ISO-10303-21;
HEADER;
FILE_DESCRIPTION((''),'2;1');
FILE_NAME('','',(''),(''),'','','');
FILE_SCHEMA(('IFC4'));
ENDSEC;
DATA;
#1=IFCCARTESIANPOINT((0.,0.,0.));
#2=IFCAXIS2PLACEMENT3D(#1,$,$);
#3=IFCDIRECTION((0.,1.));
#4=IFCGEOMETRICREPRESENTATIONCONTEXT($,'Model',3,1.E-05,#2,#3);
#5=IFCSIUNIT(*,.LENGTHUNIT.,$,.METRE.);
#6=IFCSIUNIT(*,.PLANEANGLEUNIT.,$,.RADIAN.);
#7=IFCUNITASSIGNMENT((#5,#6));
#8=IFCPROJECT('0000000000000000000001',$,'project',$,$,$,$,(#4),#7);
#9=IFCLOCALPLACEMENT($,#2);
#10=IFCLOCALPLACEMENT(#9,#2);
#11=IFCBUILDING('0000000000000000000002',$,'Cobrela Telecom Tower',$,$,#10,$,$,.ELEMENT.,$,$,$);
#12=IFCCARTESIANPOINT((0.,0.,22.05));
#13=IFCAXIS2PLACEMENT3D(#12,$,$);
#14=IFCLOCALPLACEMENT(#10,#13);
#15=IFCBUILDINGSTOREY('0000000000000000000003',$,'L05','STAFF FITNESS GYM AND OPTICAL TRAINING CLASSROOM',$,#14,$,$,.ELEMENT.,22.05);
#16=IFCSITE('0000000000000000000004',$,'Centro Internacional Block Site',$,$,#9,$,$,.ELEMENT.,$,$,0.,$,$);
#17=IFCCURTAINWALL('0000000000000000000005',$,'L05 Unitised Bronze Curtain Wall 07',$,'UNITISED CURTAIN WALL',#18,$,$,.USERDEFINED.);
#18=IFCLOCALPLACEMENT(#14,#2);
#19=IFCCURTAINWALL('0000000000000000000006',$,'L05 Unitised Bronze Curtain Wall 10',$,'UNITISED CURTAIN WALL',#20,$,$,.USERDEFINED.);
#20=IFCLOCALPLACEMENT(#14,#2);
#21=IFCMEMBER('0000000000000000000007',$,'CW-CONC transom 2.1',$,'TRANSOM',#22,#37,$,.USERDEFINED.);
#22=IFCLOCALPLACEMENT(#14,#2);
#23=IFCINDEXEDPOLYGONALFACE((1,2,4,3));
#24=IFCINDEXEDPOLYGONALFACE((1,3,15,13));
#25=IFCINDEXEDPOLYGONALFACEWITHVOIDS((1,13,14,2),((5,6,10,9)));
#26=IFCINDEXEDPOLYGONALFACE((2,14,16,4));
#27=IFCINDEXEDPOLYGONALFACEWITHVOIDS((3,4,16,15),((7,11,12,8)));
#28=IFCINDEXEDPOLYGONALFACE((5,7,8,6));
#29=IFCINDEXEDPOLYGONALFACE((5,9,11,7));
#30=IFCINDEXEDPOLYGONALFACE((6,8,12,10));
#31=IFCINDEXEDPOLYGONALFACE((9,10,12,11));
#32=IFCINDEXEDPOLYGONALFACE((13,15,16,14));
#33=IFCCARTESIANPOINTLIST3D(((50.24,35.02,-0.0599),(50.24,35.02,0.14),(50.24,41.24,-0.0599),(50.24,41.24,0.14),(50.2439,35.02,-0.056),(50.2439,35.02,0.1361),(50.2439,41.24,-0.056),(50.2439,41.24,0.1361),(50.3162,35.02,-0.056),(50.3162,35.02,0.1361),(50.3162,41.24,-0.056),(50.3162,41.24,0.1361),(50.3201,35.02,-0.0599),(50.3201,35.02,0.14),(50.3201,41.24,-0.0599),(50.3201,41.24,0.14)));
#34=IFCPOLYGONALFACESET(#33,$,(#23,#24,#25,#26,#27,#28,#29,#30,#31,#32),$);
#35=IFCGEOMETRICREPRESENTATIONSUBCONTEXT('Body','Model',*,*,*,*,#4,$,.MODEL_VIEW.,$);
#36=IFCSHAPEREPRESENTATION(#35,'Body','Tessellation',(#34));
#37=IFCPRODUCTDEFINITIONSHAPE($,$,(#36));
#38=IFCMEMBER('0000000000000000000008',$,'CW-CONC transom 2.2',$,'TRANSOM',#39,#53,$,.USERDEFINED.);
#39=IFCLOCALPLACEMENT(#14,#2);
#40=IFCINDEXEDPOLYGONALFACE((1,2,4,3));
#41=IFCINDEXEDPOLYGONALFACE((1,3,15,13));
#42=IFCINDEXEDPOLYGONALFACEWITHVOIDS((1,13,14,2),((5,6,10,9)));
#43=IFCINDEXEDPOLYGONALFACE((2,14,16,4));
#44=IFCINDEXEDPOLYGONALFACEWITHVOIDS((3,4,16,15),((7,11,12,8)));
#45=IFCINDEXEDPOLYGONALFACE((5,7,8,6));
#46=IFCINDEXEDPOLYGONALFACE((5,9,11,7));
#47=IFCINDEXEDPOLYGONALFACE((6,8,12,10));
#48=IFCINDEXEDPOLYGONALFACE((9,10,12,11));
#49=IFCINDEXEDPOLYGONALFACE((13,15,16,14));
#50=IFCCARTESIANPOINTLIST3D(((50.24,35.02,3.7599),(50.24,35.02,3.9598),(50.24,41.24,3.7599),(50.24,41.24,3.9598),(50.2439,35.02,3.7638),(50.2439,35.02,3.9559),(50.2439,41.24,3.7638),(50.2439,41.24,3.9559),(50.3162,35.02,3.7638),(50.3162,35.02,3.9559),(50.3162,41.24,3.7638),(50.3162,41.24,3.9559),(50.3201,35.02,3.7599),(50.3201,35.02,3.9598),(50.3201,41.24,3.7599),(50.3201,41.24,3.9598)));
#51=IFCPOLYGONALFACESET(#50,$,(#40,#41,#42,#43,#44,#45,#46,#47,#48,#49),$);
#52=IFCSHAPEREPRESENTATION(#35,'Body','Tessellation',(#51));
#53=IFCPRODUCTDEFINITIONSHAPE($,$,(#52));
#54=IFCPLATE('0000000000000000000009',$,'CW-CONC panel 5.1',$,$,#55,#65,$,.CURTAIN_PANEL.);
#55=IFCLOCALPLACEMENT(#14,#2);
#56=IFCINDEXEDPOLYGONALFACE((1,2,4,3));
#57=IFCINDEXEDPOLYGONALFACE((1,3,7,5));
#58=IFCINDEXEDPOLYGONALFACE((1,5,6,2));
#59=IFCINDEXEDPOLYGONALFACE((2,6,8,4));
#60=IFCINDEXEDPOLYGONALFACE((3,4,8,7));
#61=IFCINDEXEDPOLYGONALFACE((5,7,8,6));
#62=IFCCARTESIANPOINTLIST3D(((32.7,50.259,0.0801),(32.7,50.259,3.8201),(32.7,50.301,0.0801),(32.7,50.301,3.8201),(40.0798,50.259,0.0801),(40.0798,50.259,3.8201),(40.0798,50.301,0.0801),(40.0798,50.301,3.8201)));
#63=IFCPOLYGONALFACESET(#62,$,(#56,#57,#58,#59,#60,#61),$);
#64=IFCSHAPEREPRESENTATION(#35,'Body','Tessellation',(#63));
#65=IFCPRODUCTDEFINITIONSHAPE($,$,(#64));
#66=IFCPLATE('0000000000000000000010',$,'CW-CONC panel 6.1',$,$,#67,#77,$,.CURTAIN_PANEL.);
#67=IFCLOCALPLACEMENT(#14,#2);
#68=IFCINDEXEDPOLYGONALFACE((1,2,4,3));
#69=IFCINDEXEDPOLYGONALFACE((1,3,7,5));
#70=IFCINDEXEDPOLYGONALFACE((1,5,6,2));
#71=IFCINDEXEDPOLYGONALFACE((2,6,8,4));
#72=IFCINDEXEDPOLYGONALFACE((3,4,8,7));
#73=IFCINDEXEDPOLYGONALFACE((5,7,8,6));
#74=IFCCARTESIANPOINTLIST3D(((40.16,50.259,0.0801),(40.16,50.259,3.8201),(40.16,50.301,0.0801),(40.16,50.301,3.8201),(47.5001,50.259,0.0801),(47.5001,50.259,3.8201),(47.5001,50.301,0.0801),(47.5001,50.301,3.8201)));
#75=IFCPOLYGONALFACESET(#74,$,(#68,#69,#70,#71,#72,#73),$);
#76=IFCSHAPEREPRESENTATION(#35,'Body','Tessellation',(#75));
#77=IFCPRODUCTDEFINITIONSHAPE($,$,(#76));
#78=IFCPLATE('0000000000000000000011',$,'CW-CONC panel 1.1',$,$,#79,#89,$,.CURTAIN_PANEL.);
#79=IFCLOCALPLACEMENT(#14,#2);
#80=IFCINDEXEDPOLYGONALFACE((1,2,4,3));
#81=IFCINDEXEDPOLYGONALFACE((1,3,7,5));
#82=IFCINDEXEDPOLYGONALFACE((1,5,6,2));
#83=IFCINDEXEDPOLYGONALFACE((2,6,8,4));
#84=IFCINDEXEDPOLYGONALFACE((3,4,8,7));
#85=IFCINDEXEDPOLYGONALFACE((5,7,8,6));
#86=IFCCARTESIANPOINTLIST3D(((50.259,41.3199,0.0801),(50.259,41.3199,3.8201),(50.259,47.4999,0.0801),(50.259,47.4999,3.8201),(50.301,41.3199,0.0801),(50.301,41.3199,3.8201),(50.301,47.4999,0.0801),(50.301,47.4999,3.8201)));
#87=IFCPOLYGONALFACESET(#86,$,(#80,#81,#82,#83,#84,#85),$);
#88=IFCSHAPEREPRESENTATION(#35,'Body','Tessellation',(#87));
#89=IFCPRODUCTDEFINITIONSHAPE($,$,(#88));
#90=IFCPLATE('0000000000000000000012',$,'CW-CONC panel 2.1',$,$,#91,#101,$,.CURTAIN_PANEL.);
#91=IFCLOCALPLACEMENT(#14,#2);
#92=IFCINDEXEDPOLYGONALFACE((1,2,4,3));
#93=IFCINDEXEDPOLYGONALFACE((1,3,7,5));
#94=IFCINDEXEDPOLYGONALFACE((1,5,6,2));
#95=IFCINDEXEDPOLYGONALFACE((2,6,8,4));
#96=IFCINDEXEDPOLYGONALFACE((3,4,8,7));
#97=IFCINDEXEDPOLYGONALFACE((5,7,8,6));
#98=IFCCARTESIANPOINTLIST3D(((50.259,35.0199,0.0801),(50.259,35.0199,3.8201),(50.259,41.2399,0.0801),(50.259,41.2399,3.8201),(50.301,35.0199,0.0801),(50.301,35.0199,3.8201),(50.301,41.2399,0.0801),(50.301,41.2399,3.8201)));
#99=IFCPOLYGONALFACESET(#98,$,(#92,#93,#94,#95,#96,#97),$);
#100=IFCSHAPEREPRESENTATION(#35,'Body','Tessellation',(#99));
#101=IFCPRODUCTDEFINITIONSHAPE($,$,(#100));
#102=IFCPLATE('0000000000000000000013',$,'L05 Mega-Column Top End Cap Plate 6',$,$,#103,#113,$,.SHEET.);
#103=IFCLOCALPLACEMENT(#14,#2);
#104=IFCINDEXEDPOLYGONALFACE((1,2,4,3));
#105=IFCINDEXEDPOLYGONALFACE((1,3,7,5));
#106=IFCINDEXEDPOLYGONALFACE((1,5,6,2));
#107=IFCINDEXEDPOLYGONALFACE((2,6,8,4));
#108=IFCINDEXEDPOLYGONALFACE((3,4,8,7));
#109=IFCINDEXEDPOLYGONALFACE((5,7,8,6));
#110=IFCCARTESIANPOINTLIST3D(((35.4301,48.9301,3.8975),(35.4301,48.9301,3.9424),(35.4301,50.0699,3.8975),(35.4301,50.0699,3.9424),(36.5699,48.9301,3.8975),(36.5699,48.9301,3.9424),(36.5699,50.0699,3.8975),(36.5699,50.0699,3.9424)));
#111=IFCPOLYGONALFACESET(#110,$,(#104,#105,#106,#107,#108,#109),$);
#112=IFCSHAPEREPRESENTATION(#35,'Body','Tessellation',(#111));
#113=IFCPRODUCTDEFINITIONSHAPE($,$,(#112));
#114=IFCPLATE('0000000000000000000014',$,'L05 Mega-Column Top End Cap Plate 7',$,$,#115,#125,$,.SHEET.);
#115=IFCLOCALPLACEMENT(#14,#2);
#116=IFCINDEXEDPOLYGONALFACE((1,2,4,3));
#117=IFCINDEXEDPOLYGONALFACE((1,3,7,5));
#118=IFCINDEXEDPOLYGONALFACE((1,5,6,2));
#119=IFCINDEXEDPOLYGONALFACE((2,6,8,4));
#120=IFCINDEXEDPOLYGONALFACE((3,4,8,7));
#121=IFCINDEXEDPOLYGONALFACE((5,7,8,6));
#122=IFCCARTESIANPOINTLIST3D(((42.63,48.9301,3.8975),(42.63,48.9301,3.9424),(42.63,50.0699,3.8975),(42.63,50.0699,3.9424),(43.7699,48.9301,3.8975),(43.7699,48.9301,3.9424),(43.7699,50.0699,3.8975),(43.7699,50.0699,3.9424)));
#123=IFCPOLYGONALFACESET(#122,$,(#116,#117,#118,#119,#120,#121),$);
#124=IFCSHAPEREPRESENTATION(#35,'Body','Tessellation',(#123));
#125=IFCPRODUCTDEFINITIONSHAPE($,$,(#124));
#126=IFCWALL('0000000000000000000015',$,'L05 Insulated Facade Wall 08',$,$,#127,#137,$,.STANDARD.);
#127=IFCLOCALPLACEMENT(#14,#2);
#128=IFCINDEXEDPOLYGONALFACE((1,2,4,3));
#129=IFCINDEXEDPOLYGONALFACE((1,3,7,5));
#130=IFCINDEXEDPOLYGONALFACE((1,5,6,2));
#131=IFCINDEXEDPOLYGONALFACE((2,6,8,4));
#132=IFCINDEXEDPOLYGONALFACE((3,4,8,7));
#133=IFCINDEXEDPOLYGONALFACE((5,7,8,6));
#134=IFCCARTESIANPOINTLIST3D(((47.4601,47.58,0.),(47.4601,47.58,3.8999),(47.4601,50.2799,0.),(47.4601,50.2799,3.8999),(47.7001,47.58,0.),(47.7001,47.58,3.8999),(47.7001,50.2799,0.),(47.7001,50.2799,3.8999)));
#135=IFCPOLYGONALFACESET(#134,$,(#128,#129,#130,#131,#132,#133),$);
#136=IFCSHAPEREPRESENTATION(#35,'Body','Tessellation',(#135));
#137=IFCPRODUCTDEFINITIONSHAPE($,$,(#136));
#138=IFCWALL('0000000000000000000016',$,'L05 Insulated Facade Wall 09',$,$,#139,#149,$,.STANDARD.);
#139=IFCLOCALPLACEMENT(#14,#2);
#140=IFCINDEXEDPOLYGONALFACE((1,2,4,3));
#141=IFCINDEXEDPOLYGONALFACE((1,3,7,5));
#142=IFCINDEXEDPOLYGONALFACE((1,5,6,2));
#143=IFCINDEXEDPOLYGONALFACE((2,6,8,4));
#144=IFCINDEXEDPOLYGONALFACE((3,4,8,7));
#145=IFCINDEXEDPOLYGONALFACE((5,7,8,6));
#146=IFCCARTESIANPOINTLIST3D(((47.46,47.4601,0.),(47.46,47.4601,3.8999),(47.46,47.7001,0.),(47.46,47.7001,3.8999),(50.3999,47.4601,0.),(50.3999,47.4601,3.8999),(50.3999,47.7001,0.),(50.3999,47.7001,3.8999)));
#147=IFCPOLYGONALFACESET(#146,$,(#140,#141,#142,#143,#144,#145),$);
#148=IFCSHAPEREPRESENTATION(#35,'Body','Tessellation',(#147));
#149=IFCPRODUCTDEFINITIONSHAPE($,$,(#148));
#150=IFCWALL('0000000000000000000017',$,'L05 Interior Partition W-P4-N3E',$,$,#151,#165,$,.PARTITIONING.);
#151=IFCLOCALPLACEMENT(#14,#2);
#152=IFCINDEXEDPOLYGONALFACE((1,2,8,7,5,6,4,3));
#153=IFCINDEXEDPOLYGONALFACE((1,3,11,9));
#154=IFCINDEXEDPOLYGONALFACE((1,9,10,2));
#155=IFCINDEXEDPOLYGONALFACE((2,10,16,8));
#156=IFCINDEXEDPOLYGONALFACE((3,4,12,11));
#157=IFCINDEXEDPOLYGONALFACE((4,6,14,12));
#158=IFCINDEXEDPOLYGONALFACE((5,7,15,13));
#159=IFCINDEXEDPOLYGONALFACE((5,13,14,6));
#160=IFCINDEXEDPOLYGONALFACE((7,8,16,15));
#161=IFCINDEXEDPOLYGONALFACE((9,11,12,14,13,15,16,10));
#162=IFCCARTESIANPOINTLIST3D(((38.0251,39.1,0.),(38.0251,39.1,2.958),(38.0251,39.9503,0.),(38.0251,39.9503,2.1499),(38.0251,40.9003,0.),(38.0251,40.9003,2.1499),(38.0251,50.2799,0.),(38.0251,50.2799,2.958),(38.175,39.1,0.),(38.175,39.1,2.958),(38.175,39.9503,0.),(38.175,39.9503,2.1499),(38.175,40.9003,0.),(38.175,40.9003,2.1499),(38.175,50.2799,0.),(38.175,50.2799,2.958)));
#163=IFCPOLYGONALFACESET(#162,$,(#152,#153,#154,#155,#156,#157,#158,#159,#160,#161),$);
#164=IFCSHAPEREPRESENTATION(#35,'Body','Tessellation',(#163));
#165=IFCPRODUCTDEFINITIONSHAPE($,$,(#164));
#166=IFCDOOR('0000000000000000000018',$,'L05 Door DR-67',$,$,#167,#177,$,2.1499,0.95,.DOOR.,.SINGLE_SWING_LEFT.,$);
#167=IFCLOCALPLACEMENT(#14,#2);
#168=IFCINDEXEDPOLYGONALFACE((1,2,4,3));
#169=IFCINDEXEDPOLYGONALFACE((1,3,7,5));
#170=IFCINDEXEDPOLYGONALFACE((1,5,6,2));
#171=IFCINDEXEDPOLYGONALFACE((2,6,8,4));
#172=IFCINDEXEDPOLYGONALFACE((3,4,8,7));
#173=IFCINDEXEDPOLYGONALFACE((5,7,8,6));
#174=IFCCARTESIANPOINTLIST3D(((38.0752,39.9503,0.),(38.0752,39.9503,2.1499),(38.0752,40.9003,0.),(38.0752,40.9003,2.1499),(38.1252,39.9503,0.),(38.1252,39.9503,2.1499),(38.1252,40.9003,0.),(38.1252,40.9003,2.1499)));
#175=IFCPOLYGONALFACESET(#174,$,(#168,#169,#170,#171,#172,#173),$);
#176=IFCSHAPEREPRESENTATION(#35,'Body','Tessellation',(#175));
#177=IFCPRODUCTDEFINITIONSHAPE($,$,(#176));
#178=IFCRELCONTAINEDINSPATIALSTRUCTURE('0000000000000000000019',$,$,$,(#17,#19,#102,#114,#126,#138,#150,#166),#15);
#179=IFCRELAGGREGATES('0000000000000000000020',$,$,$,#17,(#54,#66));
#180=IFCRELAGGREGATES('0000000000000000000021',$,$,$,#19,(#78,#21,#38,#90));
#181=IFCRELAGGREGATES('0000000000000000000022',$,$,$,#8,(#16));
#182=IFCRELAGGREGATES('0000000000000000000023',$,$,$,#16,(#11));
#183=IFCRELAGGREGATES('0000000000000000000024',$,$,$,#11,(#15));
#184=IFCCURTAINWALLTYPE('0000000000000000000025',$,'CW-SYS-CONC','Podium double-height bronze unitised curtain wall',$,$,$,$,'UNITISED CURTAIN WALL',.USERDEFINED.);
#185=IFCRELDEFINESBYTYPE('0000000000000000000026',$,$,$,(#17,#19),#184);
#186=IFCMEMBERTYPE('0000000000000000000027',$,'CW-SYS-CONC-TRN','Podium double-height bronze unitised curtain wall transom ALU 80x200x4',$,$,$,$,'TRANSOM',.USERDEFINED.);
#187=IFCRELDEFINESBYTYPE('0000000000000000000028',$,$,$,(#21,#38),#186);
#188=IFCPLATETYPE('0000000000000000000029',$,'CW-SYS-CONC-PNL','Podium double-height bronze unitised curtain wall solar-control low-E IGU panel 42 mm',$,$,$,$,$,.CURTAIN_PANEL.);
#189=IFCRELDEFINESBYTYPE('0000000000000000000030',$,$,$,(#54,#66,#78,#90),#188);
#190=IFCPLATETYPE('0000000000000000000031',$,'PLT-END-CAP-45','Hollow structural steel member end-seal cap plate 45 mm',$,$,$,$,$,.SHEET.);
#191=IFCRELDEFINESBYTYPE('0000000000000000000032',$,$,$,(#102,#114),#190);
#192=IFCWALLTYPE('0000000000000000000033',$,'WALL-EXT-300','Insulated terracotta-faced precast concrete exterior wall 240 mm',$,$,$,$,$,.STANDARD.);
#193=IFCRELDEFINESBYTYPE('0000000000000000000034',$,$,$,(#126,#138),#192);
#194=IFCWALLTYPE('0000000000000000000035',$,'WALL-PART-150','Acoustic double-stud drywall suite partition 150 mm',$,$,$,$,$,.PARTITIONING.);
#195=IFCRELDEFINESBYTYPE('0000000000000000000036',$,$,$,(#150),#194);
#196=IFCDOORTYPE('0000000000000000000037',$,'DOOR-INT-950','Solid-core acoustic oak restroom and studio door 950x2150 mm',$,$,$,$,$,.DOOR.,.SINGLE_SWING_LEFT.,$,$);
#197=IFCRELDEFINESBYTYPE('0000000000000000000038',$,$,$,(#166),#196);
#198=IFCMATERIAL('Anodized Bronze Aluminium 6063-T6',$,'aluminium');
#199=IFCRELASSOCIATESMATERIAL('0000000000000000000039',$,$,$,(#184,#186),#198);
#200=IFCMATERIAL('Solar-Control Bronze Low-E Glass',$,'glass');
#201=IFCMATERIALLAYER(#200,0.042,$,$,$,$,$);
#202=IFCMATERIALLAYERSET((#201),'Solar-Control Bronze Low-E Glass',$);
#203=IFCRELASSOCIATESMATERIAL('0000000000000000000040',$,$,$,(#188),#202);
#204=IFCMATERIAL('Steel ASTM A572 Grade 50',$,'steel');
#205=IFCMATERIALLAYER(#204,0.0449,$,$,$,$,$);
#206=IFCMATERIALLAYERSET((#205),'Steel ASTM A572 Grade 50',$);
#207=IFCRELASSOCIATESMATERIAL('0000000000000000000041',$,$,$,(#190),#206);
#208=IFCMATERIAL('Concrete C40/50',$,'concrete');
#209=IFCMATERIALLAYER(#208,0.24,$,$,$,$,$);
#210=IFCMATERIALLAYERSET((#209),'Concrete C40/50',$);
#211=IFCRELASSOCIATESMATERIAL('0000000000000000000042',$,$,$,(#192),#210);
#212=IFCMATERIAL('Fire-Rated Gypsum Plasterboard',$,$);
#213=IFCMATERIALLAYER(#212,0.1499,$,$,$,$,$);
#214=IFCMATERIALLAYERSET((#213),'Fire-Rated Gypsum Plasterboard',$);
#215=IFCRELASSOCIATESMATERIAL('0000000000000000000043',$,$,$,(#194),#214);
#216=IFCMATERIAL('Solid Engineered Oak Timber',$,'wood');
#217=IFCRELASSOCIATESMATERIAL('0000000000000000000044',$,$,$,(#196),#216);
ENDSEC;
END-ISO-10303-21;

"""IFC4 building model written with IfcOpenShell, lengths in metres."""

from ifc_helpers import new_model, si_unit, direction, frame, frame_2d, origin, origin_2d, place, context, subcontext, project, spatial, rectangle, hollow_rectangle, extrude, material, layer, layer_set, material_profile, profile_set, type_object, element, fill, aggregate, save


model = new_model("IFC4")

# Units and contexts
model_context = context("Model", 3, precision=1e-05, world=origin(), true_north=direction((0.0, 1.0)))
body_context = subcontext(model_context, "Body", "Model", "MODEL_VIEW")
ifc_project = project(units=[si_unit("LENGTHUNIT", "METRE"), si_unit("PLANEANGLEUNIT", "RADIAN")], contexts=[model_context])

# Site, building, storey
site_placement = place(None, origin())
site = spatial("IfcSite", under=ifc_project, at=site_placement, Name="Centro Internacional Block Site", CompositionType="ELEMENT", RefElevation=0.0)
building_placement = place(site_placement, origin())
building = spatial("IfcBuilding", under=site, at=building_placement, Name="Cobrela Telecom Tower", CompositionType="ELEMENT")
storey_placement = place(building_placement, frame((0.0, 0.0, 22.05)))
storey = spatial("IfcBuildingStorey", under=building, at=storey_placement, Name="L05", Description="STAFF FITNESS GYM AND OPTICAL TRAINING CLASSROOM", CompositionType="ELEMENT", Elevation=22.05)

# Shared definitions
ifc_material_1 = material(Name="Concrete C40/50", Category="concrete")
ifc_material_2 = material(Name="Steel ASTM A572 Grade 50", Category="steel")

# Curtain walls
ifc_material_3 = material(Name="Anodized Bronze Aluminium 6063-T6", Category="aluminium")
curtain_wall_type = type_object("IfcCurtainWallType", Name="CW-SYS-CONC", Description="Podium double-height bronze unitised curtain wall", ElementType="UNITISED CURTAIN WALL", PredefinedType="USERDEFINED", material=ifc_material_3)
curtain_wall_1_placement = place(storey_placement, origin())
curtain_wall_1 = element("IfcCurtainWall", 1, at=curtain_wall_1_placement, inside=storey, type_object=curtain_wall_type, Name="L05 Unitised Bronze Curtain Wall 07", ObjectType="UNITISED CURTAIN WALL", PredefinedType="USERDEFINED")
curtain_wall_2_placement = place(storey_placement, origin())
curtain_wall_2 = element("IfcCurtainWall", 2, at=curtain_wall_2_placement, inside=storey, type_object=curtain_wall_type, Name="L05 Unitised Bronze Curtain Wall 10", ObjectType="UNITISED CURTAIN WALL", PredefinedType="USERDEFINED")

# Members
ifc_material_profile_1 = material_profile(ifc_material_3, hollow_rectangle(XDim=0.0801, YDim=0.2, WallThickness=0.0039, at=origin_2d()), Name="ALU 80x200x4")
ifc_profile_set_1 = profile_set([ifc_material_profile_1], Name="Anodized Bronze Aluminium 6063-T6")
member_type_1 = type_object("IfcMemberType", Name="CW-SYS-CONC-TRN", Description="Podium double-height bronze unitised curtain wall transom ALU 80x200x4", ElementType="TRANSOM", PredefinedType="USERDEFINED", material=ifc_profile_set_1)
member_1_placement = place(storey_placement, frame((50.28, 41.24, 0.04), z_axis=(0.0, -1.0, 0.0), x_axis=(1.0, 0.0, 0.0)))
member_1 = element("IfcMember", 3, at=member_1_placement, type_object=member_type_1, Name="CW-CONC transom 2.1", ObjectType="TRANSOM", PredefinedType="USERDEFINED", context=body_context, shape_type="SweptSolid", body=[
    extrude(hollow_rectangle(XDim=0.0801, YDim=0.2, WallThickness=0.0039, at=origin_2d()), origin(), (0.0, 0.0, 1.0), 6.22),
])
member_2_placement = place(storey_placement, frame((50.28, 41.24, 3.8599), z_axis=(0.0, -1.0, 0.0), x_axis=(1.0, 0.0, 0.0)))
member_2 = element("IfcMember", 4, at=member_2_placement, type_object=member_type_1, Name="CW-CONC transom 2.2", ObjectType="TRANSOM", PredefinedType="USERDEFINED", context=body_context, shape_type="SweptSolid", body=[
    extrude(hollow_rectangle(XDim=0.0801, YDim=0.2, WallThickness=0.0039, at=origin_2d()), origin(), (0.0, 0.0, 1.0), 6.22),
])

# Plates
ifc_material_4 = material(Name="Solar-Control Bronze Low-E Glass", Category="glass")
ifc_layer_1 = layer(ifc_material_4, 0.042)
ifc_layer_set_1 = layer_set([ifc_layer_1], Name="Solar-Control Bronze Low-E Glass")
plate_type_1 = type_object("IfcPlateType", Name="CW-SYS-CONC-PNL", Description="Podium double-height bronze unitised curtain wall solar-control low-E IGU panel 42 mm", PredefinedType="CURTAIN_PANEL", material=ifc_layer_set_1)
plate_1_placement = place(storey_placement, frame((36.3899, 50.28, 0.0801), z_axis=(0.0, 0.0, 1.0), x_axis=(1.0, 0.0, 0.0)))
plate_1 = element("IfcPlate", 5, at=plate_1_placement, type_object=plate_type_1, Name="CW-CONC panel 5.1", PredefinedType="CURTAIN_PANEL", context=body_context, shape_type="SweptSolid", body=[
    extrude(rectangle(XDim=7.3799, YDim=0.042, at=origin_2d()), origin(), (0.0, 0.0, 1.0), 3.74),
])
plate_2_placement = place(storey_placement, frame((43.8301, 50.28, 0.0801), z_axis=(0.0, 0.0, 1.0), x_axis=(1.0, 0.0, 0.0)))
plate_2 = element("IfcPlate", 6, at=plate_2_placement, type_object=plate_type_1, Name="CW-CONC panel 6.1", PredefinedType="CURTAIN_PANEL", context=body_context, shape_type="SweptSolid", body=[
    extrude(rectangle(XDim=7.3401, YDim=0.042, at=origin_2d()), origin(), (0.0, 0.0, 1.0), 3.74),
])
aggregate(curtain_wall_1, [plate_1, plate_2])
plate_3_placement = place(storey_placement, frame((50.28, 44.4099, 0.0801), z_axis=(0.0, 0.0, 1.0), x_axis=(0.0, -1.0, 0.0)))
plate_3 = element("IfcPlate", 7, at=plate_3_placement, type_object=plate_type_1, Name="CW-CONC panel 1.1", PredefinedType="CURTAIN_PANEL", context=body_context, shape_type="SweptSolid", body=[
    extrude(rectangle(XDim=6.1799, YDim=0.042, at=origin_2d()), origin(), (0.0, 0.0, 1.0), 3.74),
])
plate_4_placement = place(storey_placement, frame((50.28, 38.1299, 0.0801), z_axis=(0.0, 0.0, 1.0), x_axis=(0.0, -1.0, 0.0)))
plate_4 = element("IfcPlate", 8, at=plate_4_placement, type_object=plate_type_1, Name="CW-CONC panel 2.1", PredefinedType="CURTAIN_PANEL", context=body_context, shape_type="SweptSolid", body=[
    extrude(rectangle(XDim=6.22, YDim=0.042, at=origin_2d()), origin(), (0.0, 0.0, 1.0), 3.74),
])
aggregate(curtain_wall_2, [plate_3, member_1, member_2, plate_4])

# Plates
ifc_layer_2 = layer(ifc_material_2, 0.0449)
ifc_layer_set_2 = layer_set([ifc_layer_2], Name="Steel ASTM A572 Grade 50")
plate_type_2 = type_object("IfcPlateType", Name="PLT-END-CAP-45", Description="Hollow structural steel member end-seal cap plate 45 mm", PredefinedType="SHEET", material=ifc_layer_set_2)
for number, where, z_axis, x_axis, name in (
    (9, (36.0, 49.5, 3.8975), (0.0, 0.0, 1.0), (1.0, 0.0, 0.0), "L05 Mega-Column Top End Cap Plate 6"),
    (10, (43.2, 49.5, 3.8975), (0.0, 0.0, 1.0), (1.0, 0.0, 0.0), "L05 Mega-Column Top End Cap Plate 7"),
):
    element("IfcPlate", number, at=place(storey_placement, frame(where, z_axis=z_axis, x_axis=x_axis)), inside=storey, type_object=plate_type_2, Name=name, PredefinedType="SHEET", context=body_context, shape_type="SweptSolid", body=[
        extrude(rectangle(XDim=1.1399, YDim=1.1399, at=origin_2d()), origin(), (0.0, 0.0, 1.0), 0.0449),
    ])

# Walls
ifc_layer_3 = layer(ifc_material_1, 0.24)
ifc_layer_set_3 = layer_set([ifc_layer_3], Name="Concrete C40/50")
wall_type_1 = type_object("IfcWallType", Name="WALL-EXT-300", Description="Insulated terracotta-faced precast concrete exterior wall 240 mm", PredefinedType="STANDARD", material=ifc_layer_set_3)
wall_1_placement = place(storey_placement, frame((47.5801, 50.28, 0.0), z_axis=(0.0, 0.0, 1.0), x_axis=(0.0, -1.0, 0.0)))
element("IfcWall", 11, at=wall_1_placement, inside=storey, type_object=wall_type_1, Name="L05 Insulated Facade Wall 08", PredefinedType="STANDARD", context=body_context, shape_type="SweptSolid", body=[
    extrude(rectangle(XDim=2.7, YDim=0.24, at=frame_2d((1.3501, 0.0))), origin(), (0.0, 0.0, 1.0), 3.8999),
])
wall_2_placement = place(storey_placement, frame((47.46, 47.5801, 0.0), z_axis=(0.0, 0.0, 1.0), x_axis=(1.0, 0.0, 0.0)))
element("IfcWall", 12, at=wall_2_placement, inside=storey, type_object=wall_type_1, Name="L05 Insulated Facade Wall 09", PredefinedType="STANDARD", context=body_context, shape_type="SweptSolid", body=[
    extrude(rectangle(XDim=2.9399, YDim=0.24, at=frame_2d((1.47, 0.0))), origin(), (0.0, 0.0, 1.0), 3.8999),
])

# Wall, opening, door
ifc_material_5 = material(Name="Fire-Rated Gypsum Plasterboard")
ifc_layer_4 = layer(ifc_material_5, 0.1499)
ifc_layer_set_4 = layer_set([ifc_layer_4], Name="Fire-Rated Gypsum Plasterboard")
wall_type_2 = type_object("IfcWallType", Name="WALL-PART-150", Description="Acoustic double-stud drywall suite partition 150 mm", PredefinedType="PARTITIONING", material=ifc_layer_set_4)
wall_3_placement = place(storey_placement, frame((38.1001, 39.1001, 0.0), z_axis=(0.0, 0.0, 1.0), x_axis=(0.0, 1.0, 0.0)))
wall_3 = element("IfcWall", 13, at=wall_3_placement, inside=storey, type_object=wall_type_2, Name="L05 Interior Partition W-P4-N3E", PredefinedType="PARTITIONING", context=body_context, shape_type="SweptSolid", body=[
    extrude(rectangle(XDim=11.1799, YDim=0.1499, at=frame_2d((5.5898, 0.0))), origin(), (0.0, 0.0, 1.0), 2.958),
])
opening_placement = place(wall_3_placement, frame((0.8501, 0.0, 0.0)))
opening = element("IfcOpeningElement", 14, at=opening_placement, cuts=wall_3, PredefinedType="OPENING", context=body_context, shape_type="SweptSolid", body=[
    extrude(rectangle(XDim=0.95, YDim=2.1499, at=frame_2d((0.4751, 1.075))), frame((0.0, 0.0869, 0.0), z_axis=(0.0, -1.0, 0.0), x_axis=(1.0, 0.0, 0.0)), (0.0, 0.0, 1.0), 0.1738),
])
ifc_material_6 = material(Name="Solid Engineered Oak Timber", Category="wood")
door_type = type_object("IfcDoorType", Name="DOOR-INT-950", Description="Solid-core acoustic oak restroom and studio door 950x2150 mm", OperationType="SINGLE_SWING_LEFT", PredefinedType="DOOR", material=ifc_material_6)
door_placement = place(opening_placement, origin())
door = element("IfcDoor", 15, at=door_placement, inside=storey, type_object=door_type, Name="L05 Door DR-67", OperationType="SINGLE_SWING_LEFT", OverallHeight=2.1499, OverallWidth=0.95, PredefinedType="DOOR", context=body_context, shape_type="SweptSolid", body=[
    extrude(rectangle(XDim=0.95, YDim=2.1499, at=frame_2d((0.4751, 1.075))), frame((0.0, 0.0249, 0.0), z_axis=(0.0, -1.0, 0.0), x_axis=(1.0, 0.0, 0.0)), (0.0, 0.0, 1.0), 0.05),
])
fill(opening, door)

save(model, "model.ifc")
